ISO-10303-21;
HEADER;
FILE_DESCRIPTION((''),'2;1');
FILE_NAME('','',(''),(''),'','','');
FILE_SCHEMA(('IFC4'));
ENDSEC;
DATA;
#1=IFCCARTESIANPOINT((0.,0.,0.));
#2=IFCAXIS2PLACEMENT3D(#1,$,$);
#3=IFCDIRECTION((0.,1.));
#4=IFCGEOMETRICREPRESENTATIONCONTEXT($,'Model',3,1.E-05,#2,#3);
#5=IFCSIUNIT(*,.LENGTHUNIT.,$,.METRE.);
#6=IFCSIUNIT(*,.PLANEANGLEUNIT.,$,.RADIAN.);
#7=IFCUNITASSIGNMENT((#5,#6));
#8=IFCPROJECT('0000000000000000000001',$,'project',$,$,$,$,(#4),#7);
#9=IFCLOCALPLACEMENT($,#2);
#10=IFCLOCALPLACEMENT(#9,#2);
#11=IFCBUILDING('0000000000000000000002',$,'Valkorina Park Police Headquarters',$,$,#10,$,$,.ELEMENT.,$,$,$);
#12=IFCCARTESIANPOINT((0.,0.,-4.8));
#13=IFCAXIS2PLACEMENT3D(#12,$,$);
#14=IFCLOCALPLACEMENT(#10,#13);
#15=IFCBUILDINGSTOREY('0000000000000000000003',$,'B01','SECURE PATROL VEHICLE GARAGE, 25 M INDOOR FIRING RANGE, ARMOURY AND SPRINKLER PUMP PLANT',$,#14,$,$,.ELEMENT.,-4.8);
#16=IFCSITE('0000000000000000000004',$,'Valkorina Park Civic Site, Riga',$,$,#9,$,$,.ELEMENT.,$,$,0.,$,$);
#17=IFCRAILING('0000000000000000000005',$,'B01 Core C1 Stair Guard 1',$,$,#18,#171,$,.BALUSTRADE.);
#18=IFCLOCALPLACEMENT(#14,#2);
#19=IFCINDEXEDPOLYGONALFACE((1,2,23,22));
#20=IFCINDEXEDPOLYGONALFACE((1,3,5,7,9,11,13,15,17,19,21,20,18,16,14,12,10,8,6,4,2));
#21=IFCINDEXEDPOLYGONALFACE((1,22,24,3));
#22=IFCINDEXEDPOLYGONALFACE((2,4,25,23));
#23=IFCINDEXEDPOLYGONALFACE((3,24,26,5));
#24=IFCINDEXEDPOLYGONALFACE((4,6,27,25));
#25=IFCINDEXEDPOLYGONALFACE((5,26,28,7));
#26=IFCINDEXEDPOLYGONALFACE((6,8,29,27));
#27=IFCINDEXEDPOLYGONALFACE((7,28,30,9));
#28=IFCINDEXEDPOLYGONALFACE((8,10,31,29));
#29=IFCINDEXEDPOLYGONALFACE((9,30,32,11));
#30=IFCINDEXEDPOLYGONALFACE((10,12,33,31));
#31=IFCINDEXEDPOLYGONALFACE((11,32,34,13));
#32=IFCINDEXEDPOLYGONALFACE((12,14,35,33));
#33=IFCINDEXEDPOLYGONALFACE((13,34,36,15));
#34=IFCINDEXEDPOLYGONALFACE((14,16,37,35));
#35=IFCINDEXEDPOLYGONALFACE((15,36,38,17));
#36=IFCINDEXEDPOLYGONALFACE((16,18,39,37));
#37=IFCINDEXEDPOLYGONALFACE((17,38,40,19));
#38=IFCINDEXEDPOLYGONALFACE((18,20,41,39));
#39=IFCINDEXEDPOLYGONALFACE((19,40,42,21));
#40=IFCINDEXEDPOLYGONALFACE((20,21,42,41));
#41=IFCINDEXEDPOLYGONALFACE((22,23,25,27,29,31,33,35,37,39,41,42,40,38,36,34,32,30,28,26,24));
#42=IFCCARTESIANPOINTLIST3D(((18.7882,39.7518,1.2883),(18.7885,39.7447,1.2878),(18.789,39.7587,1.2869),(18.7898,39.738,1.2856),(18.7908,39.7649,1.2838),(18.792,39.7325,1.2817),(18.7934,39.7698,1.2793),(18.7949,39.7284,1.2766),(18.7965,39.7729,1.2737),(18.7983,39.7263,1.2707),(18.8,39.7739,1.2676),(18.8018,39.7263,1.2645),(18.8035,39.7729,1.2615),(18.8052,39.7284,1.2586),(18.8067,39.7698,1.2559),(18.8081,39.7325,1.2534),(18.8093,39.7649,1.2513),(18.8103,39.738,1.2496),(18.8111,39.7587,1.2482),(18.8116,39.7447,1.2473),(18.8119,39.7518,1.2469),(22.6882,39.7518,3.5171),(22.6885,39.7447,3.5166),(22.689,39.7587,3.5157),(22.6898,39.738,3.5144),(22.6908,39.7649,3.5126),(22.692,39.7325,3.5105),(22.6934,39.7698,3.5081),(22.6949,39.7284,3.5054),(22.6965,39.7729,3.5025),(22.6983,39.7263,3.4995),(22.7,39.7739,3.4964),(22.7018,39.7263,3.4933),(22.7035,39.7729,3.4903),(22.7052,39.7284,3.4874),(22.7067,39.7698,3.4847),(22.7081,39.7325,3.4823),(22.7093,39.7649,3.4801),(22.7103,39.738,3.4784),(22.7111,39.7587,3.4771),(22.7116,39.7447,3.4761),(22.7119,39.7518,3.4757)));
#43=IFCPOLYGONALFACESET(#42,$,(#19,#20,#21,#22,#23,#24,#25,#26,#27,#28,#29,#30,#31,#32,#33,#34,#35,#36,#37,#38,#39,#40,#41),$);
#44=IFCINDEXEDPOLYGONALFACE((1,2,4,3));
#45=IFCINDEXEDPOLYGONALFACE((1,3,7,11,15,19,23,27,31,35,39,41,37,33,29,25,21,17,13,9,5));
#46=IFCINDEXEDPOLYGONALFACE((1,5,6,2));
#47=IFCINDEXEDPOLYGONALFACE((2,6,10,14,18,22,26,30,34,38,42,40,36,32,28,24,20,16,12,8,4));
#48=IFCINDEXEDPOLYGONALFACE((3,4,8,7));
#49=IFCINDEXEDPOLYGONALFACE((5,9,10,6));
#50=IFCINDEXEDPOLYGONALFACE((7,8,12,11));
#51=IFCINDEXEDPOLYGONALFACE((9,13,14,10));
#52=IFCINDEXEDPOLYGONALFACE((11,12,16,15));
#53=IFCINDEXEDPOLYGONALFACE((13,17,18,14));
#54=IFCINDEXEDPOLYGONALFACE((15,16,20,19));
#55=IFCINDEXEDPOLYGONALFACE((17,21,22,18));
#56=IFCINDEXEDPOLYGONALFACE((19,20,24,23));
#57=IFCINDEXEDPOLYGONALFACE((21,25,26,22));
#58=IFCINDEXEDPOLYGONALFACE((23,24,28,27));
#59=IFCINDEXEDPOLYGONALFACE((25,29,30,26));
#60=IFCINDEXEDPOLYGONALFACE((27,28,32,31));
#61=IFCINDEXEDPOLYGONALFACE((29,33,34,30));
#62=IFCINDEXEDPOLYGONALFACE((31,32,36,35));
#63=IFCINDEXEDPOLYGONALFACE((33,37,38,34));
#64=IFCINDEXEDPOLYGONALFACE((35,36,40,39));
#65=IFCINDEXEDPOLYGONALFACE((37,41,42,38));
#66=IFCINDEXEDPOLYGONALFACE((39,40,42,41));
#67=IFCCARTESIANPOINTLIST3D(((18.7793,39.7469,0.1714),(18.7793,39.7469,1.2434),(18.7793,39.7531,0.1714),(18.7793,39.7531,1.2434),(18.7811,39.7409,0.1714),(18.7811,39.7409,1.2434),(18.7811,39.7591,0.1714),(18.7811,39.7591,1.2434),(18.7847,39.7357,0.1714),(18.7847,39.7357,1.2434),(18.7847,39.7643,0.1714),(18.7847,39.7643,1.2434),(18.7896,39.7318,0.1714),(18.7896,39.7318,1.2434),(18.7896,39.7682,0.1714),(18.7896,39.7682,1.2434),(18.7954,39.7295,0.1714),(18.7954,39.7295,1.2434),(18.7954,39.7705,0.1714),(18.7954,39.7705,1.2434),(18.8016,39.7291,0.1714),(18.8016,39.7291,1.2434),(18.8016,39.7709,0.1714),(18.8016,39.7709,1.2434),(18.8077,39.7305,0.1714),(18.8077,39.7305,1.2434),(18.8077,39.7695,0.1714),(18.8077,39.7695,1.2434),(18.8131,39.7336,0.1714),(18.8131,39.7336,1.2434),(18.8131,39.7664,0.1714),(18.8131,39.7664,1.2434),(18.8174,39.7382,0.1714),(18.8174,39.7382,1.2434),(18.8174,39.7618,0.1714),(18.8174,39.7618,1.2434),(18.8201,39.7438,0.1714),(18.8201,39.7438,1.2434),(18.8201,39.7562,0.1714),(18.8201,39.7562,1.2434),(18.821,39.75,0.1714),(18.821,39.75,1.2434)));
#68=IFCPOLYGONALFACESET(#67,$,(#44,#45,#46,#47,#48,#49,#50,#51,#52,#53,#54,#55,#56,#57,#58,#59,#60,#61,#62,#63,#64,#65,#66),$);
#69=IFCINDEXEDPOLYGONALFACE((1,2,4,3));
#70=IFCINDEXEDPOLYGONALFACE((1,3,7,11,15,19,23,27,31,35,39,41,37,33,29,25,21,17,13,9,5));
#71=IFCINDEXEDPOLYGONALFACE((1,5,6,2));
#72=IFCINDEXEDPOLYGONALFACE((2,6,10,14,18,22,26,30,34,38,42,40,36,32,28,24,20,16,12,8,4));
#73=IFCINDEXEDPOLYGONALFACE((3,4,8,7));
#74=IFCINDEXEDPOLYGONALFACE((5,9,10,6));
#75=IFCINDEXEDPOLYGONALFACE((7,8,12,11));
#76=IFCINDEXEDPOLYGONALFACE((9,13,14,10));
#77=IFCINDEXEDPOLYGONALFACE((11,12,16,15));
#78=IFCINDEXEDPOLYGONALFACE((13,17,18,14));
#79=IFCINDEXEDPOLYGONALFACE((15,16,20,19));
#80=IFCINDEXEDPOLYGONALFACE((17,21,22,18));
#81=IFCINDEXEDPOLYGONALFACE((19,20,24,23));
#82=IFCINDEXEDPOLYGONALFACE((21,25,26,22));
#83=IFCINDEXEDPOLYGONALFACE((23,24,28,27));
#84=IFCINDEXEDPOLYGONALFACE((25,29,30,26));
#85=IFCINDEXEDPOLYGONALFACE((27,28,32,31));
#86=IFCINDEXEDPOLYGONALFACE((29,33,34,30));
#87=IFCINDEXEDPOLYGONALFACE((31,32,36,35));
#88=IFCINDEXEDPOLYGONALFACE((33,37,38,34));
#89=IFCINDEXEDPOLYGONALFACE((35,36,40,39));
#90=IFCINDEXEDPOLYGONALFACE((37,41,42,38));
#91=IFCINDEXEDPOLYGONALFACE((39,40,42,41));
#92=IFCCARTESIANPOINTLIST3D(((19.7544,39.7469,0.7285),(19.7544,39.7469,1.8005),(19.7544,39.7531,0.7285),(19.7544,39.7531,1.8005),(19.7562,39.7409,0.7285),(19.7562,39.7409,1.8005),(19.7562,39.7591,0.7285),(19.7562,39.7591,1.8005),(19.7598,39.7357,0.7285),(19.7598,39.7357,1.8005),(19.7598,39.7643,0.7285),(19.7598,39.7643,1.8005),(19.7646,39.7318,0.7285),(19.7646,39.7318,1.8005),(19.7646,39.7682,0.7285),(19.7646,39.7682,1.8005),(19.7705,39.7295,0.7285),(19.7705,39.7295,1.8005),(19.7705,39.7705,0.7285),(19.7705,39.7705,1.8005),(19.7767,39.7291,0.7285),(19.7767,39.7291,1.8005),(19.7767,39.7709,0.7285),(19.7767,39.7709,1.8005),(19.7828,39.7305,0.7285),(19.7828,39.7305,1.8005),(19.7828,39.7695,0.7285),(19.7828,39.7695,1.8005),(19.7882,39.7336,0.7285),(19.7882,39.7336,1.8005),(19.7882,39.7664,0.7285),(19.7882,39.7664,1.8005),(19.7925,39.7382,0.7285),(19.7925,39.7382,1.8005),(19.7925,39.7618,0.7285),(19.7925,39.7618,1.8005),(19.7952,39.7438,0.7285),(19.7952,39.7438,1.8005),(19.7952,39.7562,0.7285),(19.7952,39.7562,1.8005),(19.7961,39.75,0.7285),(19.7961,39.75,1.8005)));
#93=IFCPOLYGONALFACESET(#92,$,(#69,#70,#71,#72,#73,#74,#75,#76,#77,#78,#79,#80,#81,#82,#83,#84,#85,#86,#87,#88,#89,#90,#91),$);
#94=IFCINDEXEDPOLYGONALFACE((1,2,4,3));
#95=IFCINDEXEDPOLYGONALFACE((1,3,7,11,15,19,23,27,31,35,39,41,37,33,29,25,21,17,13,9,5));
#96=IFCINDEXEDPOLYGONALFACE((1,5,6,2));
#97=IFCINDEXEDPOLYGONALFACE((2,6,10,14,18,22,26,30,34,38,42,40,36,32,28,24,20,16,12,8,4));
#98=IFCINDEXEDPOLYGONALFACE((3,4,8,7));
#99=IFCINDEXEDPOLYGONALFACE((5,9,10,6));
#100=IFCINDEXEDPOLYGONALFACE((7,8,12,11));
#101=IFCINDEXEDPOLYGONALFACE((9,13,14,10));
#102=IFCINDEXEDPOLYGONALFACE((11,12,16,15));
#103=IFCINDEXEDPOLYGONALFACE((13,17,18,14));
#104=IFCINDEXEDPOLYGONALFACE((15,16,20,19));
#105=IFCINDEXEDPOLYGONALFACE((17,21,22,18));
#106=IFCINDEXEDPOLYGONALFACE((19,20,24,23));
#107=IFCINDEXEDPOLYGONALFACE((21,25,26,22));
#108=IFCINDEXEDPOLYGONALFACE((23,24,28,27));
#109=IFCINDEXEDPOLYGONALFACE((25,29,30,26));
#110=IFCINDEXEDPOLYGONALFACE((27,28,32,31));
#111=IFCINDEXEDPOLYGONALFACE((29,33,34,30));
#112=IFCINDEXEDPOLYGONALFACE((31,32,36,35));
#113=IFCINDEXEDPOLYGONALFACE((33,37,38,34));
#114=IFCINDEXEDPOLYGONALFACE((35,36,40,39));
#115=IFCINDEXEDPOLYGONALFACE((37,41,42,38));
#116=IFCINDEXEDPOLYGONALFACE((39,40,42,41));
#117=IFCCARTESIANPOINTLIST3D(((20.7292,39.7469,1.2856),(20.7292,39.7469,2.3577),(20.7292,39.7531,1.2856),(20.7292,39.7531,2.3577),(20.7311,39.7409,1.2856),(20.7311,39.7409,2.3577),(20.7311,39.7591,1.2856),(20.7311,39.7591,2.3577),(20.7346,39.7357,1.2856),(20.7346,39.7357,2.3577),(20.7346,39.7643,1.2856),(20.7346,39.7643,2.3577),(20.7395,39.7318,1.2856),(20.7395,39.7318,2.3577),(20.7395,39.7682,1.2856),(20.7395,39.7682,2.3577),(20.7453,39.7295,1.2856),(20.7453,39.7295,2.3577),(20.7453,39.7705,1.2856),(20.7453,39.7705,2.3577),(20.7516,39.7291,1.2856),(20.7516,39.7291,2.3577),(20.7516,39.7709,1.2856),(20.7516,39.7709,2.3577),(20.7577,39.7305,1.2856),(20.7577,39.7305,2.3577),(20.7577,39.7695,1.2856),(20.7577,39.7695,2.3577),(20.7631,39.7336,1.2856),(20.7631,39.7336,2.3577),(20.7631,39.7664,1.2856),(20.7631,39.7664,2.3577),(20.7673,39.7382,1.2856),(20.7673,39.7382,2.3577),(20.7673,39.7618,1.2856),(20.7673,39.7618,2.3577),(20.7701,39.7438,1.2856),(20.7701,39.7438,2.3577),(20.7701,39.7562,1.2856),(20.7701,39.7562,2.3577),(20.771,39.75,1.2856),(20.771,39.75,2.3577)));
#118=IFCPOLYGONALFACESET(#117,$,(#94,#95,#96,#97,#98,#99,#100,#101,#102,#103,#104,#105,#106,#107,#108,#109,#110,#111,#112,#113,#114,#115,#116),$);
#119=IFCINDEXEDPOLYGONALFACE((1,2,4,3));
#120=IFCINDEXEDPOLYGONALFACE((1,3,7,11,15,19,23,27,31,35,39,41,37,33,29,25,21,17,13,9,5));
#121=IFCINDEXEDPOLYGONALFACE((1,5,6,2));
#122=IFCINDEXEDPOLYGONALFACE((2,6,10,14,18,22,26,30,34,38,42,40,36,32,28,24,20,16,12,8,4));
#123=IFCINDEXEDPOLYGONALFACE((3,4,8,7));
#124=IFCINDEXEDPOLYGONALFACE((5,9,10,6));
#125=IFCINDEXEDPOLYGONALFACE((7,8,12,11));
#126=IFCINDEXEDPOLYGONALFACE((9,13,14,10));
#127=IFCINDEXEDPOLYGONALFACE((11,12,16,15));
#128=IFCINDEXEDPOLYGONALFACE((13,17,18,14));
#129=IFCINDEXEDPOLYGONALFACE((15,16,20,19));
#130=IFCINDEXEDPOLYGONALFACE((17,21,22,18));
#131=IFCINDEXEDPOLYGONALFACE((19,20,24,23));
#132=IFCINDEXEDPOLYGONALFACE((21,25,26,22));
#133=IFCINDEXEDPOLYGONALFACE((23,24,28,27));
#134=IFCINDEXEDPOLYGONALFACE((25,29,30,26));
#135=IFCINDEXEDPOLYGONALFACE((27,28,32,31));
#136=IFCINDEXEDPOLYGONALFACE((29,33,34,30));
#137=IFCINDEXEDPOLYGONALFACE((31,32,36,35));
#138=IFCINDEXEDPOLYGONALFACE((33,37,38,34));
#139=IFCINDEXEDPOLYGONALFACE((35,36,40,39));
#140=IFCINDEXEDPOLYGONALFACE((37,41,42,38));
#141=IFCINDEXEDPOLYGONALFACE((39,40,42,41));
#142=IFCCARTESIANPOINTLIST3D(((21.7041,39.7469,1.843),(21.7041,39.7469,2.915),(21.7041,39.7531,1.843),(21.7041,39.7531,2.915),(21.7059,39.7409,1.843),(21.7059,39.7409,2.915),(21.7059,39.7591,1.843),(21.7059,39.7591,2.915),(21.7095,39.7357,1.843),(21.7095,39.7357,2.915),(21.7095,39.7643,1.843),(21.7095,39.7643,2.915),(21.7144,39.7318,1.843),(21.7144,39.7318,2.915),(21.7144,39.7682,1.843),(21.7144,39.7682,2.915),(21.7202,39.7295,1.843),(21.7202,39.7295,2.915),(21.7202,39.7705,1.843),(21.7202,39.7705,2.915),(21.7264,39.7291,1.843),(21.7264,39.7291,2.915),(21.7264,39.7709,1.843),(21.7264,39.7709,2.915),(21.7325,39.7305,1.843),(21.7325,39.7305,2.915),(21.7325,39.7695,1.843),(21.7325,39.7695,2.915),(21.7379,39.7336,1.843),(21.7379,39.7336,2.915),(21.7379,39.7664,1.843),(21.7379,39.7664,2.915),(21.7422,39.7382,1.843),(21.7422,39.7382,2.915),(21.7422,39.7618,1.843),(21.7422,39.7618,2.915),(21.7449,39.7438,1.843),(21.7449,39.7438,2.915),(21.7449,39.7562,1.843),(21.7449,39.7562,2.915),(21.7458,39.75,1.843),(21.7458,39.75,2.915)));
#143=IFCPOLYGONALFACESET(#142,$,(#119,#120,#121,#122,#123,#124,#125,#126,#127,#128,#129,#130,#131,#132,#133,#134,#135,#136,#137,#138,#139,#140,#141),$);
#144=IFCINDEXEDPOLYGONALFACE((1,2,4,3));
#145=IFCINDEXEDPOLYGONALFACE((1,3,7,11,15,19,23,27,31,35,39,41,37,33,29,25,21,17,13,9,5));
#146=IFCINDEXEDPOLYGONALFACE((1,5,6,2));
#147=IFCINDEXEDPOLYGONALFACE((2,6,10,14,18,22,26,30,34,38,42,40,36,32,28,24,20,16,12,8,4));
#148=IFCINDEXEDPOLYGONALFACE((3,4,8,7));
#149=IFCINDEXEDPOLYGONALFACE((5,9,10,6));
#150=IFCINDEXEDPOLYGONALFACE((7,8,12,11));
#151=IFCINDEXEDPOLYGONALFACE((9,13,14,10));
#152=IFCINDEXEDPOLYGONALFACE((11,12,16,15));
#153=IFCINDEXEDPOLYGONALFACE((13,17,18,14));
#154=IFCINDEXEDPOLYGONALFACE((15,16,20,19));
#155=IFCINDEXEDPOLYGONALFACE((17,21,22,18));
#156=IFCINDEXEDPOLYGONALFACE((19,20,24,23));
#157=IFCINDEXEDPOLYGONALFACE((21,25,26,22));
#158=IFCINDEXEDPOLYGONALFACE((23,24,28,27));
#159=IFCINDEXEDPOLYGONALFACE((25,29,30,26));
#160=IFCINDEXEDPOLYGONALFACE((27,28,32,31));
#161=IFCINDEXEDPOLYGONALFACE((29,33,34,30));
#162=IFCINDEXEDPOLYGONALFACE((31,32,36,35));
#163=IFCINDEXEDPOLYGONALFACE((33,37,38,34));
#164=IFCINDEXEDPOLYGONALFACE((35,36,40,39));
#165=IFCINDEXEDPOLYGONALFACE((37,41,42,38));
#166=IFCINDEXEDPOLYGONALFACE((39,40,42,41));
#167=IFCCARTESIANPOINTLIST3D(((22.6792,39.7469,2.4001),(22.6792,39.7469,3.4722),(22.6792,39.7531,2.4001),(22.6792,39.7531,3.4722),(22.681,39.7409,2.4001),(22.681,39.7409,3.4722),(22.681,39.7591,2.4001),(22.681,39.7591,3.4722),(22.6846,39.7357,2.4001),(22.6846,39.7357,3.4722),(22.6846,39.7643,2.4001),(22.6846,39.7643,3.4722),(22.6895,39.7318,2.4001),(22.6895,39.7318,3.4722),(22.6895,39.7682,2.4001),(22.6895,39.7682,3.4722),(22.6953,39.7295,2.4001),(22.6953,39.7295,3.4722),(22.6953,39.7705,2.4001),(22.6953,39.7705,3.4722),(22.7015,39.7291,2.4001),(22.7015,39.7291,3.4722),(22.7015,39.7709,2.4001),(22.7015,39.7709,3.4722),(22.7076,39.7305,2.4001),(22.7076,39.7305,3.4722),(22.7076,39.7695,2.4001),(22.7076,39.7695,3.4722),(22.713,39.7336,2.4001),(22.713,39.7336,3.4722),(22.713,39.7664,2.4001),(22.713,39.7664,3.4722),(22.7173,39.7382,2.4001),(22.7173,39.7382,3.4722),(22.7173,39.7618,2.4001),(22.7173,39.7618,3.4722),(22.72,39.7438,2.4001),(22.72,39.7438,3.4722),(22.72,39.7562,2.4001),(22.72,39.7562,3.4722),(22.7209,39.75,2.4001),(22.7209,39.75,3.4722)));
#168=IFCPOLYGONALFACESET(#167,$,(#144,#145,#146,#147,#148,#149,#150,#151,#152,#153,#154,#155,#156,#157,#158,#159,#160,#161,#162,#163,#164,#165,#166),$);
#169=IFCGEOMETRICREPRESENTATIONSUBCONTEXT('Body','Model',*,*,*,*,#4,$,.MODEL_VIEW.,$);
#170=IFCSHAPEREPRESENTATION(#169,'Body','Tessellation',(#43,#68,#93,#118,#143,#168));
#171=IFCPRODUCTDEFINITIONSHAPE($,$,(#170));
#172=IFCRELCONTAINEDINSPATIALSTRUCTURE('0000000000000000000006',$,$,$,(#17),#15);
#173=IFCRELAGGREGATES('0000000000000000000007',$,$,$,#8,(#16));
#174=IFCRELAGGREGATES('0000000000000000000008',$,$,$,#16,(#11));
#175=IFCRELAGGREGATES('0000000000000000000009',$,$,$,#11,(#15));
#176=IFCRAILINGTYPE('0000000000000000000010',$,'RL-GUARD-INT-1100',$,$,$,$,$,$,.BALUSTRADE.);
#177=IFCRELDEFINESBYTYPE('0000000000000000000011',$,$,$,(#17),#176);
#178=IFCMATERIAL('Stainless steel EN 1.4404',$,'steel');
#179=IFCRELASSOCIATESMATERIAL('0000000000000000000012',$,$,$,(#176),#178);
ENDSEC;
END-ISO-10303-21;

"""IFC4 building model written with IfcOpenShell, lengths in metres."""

from ifc_helpers import new_model, si_unit, direction, frame, origin, origin_2d, place, context, subcontext, project, spatial, circle, extrude, material, type_object, element, save


model = new_model("IFC4")

# Units and contexts
model_context = context("Model", 3, precision=1e-05, world=origin(), true_north=direction((0.0, 1.0)))
body_context = subcontext(model_context, "Body", "Model", "MODEL_VIEW")
ifc_project = project(units=[si_unit("LENGTHUNIT", "METRE"), si_unit("PLANEANGLEUNIT", "RADIAN")], contexts=[model_context])

# Site, building, storey
site_placement = place(None, origin())
site = spatial("IfcSite", under=ifc_project, at=site_placement, Name="Valkorina Park Civic Site, Riga", CompositionType="ELEMENT", RefElevation=0.0)
building_placement = place(site_placement, origin())
building = spatial("IfcBuilding", under=site, at=building_placement, Name="Valkorina Park Police Headquarters", CompositionType="ELEMENT")
storey_placement = place(building_placement, frame((0.0, 0.0, -4.8)))
storey = spatial("IfcBuildingStorey", under=building, at=storey_placement, Name="B01", Description="SECURE PATROL VEHICLE GARAGE, 25 M INDOOR FIRING RANGE, ARMOURY AND SPRINKLER PUMP PLANT", CompositionType="ELEMENT", Elevation=-4.8)

# Shared definitions
ifc_material_1 = material(Name="Stainless steel EN 1.4404", Category="steel")

# Railing
railing_type_1 = type_object("IfcRailingType", Name="RL-GUARD-INT-1100", PredefinedType="BALUSTRADE", material=ifc_material_1)
railing_1_placement = place(storey_placement, frame((18.8, 39.75, 0.1714)))
element("IfcRailing", 1, at=railing_1_placement, inside=storey, type_object=railing_type_1, Name="B01 Core C1 Stair Guard 1", PredefinedType="BALUSTRADE", context=body_context, shape_type="SweptSolid", body=[
    extrude(circle(Radius=0.0239, at=origin_2d()), frame((0.0, 0.0, 1.0962), z_axis=(0.86822, 0.0, 0.49618), x_axis=(0.0, 1.0, 0.0)), (0.0, 0.0, 1.0), 4.4919),
    extrude(circle(Radius=0.021, at=origin_2d()), origin(), (0.0, 0.0, 1.0), 1.072),
    extrude(circle(Radius=0.021, at=origin_2d()), frame((0.9751, 0.0, 0.5571)), (0.0, 0.0, 1.0), 1.072),
    extrude(circle(Radius=0.021, at=origin_2d()), frame((1.95, 0.0, 1.1143)), (0.0, 0.0, 1.0), 1.072),
    extrude(circle(Radius=0.021, at=origin_2d()), frame((2.9248, 0.0, 1.6716)), (0.0, 0.0, 1.0), 1.072),
    extrude(circle(Radius=0.021, at=origin_2d()), frame((3.8999, 0.0, 2.2288)), (0.0, 0.0, 1.0), 1.072),
])

save(model, "model.ifc")
